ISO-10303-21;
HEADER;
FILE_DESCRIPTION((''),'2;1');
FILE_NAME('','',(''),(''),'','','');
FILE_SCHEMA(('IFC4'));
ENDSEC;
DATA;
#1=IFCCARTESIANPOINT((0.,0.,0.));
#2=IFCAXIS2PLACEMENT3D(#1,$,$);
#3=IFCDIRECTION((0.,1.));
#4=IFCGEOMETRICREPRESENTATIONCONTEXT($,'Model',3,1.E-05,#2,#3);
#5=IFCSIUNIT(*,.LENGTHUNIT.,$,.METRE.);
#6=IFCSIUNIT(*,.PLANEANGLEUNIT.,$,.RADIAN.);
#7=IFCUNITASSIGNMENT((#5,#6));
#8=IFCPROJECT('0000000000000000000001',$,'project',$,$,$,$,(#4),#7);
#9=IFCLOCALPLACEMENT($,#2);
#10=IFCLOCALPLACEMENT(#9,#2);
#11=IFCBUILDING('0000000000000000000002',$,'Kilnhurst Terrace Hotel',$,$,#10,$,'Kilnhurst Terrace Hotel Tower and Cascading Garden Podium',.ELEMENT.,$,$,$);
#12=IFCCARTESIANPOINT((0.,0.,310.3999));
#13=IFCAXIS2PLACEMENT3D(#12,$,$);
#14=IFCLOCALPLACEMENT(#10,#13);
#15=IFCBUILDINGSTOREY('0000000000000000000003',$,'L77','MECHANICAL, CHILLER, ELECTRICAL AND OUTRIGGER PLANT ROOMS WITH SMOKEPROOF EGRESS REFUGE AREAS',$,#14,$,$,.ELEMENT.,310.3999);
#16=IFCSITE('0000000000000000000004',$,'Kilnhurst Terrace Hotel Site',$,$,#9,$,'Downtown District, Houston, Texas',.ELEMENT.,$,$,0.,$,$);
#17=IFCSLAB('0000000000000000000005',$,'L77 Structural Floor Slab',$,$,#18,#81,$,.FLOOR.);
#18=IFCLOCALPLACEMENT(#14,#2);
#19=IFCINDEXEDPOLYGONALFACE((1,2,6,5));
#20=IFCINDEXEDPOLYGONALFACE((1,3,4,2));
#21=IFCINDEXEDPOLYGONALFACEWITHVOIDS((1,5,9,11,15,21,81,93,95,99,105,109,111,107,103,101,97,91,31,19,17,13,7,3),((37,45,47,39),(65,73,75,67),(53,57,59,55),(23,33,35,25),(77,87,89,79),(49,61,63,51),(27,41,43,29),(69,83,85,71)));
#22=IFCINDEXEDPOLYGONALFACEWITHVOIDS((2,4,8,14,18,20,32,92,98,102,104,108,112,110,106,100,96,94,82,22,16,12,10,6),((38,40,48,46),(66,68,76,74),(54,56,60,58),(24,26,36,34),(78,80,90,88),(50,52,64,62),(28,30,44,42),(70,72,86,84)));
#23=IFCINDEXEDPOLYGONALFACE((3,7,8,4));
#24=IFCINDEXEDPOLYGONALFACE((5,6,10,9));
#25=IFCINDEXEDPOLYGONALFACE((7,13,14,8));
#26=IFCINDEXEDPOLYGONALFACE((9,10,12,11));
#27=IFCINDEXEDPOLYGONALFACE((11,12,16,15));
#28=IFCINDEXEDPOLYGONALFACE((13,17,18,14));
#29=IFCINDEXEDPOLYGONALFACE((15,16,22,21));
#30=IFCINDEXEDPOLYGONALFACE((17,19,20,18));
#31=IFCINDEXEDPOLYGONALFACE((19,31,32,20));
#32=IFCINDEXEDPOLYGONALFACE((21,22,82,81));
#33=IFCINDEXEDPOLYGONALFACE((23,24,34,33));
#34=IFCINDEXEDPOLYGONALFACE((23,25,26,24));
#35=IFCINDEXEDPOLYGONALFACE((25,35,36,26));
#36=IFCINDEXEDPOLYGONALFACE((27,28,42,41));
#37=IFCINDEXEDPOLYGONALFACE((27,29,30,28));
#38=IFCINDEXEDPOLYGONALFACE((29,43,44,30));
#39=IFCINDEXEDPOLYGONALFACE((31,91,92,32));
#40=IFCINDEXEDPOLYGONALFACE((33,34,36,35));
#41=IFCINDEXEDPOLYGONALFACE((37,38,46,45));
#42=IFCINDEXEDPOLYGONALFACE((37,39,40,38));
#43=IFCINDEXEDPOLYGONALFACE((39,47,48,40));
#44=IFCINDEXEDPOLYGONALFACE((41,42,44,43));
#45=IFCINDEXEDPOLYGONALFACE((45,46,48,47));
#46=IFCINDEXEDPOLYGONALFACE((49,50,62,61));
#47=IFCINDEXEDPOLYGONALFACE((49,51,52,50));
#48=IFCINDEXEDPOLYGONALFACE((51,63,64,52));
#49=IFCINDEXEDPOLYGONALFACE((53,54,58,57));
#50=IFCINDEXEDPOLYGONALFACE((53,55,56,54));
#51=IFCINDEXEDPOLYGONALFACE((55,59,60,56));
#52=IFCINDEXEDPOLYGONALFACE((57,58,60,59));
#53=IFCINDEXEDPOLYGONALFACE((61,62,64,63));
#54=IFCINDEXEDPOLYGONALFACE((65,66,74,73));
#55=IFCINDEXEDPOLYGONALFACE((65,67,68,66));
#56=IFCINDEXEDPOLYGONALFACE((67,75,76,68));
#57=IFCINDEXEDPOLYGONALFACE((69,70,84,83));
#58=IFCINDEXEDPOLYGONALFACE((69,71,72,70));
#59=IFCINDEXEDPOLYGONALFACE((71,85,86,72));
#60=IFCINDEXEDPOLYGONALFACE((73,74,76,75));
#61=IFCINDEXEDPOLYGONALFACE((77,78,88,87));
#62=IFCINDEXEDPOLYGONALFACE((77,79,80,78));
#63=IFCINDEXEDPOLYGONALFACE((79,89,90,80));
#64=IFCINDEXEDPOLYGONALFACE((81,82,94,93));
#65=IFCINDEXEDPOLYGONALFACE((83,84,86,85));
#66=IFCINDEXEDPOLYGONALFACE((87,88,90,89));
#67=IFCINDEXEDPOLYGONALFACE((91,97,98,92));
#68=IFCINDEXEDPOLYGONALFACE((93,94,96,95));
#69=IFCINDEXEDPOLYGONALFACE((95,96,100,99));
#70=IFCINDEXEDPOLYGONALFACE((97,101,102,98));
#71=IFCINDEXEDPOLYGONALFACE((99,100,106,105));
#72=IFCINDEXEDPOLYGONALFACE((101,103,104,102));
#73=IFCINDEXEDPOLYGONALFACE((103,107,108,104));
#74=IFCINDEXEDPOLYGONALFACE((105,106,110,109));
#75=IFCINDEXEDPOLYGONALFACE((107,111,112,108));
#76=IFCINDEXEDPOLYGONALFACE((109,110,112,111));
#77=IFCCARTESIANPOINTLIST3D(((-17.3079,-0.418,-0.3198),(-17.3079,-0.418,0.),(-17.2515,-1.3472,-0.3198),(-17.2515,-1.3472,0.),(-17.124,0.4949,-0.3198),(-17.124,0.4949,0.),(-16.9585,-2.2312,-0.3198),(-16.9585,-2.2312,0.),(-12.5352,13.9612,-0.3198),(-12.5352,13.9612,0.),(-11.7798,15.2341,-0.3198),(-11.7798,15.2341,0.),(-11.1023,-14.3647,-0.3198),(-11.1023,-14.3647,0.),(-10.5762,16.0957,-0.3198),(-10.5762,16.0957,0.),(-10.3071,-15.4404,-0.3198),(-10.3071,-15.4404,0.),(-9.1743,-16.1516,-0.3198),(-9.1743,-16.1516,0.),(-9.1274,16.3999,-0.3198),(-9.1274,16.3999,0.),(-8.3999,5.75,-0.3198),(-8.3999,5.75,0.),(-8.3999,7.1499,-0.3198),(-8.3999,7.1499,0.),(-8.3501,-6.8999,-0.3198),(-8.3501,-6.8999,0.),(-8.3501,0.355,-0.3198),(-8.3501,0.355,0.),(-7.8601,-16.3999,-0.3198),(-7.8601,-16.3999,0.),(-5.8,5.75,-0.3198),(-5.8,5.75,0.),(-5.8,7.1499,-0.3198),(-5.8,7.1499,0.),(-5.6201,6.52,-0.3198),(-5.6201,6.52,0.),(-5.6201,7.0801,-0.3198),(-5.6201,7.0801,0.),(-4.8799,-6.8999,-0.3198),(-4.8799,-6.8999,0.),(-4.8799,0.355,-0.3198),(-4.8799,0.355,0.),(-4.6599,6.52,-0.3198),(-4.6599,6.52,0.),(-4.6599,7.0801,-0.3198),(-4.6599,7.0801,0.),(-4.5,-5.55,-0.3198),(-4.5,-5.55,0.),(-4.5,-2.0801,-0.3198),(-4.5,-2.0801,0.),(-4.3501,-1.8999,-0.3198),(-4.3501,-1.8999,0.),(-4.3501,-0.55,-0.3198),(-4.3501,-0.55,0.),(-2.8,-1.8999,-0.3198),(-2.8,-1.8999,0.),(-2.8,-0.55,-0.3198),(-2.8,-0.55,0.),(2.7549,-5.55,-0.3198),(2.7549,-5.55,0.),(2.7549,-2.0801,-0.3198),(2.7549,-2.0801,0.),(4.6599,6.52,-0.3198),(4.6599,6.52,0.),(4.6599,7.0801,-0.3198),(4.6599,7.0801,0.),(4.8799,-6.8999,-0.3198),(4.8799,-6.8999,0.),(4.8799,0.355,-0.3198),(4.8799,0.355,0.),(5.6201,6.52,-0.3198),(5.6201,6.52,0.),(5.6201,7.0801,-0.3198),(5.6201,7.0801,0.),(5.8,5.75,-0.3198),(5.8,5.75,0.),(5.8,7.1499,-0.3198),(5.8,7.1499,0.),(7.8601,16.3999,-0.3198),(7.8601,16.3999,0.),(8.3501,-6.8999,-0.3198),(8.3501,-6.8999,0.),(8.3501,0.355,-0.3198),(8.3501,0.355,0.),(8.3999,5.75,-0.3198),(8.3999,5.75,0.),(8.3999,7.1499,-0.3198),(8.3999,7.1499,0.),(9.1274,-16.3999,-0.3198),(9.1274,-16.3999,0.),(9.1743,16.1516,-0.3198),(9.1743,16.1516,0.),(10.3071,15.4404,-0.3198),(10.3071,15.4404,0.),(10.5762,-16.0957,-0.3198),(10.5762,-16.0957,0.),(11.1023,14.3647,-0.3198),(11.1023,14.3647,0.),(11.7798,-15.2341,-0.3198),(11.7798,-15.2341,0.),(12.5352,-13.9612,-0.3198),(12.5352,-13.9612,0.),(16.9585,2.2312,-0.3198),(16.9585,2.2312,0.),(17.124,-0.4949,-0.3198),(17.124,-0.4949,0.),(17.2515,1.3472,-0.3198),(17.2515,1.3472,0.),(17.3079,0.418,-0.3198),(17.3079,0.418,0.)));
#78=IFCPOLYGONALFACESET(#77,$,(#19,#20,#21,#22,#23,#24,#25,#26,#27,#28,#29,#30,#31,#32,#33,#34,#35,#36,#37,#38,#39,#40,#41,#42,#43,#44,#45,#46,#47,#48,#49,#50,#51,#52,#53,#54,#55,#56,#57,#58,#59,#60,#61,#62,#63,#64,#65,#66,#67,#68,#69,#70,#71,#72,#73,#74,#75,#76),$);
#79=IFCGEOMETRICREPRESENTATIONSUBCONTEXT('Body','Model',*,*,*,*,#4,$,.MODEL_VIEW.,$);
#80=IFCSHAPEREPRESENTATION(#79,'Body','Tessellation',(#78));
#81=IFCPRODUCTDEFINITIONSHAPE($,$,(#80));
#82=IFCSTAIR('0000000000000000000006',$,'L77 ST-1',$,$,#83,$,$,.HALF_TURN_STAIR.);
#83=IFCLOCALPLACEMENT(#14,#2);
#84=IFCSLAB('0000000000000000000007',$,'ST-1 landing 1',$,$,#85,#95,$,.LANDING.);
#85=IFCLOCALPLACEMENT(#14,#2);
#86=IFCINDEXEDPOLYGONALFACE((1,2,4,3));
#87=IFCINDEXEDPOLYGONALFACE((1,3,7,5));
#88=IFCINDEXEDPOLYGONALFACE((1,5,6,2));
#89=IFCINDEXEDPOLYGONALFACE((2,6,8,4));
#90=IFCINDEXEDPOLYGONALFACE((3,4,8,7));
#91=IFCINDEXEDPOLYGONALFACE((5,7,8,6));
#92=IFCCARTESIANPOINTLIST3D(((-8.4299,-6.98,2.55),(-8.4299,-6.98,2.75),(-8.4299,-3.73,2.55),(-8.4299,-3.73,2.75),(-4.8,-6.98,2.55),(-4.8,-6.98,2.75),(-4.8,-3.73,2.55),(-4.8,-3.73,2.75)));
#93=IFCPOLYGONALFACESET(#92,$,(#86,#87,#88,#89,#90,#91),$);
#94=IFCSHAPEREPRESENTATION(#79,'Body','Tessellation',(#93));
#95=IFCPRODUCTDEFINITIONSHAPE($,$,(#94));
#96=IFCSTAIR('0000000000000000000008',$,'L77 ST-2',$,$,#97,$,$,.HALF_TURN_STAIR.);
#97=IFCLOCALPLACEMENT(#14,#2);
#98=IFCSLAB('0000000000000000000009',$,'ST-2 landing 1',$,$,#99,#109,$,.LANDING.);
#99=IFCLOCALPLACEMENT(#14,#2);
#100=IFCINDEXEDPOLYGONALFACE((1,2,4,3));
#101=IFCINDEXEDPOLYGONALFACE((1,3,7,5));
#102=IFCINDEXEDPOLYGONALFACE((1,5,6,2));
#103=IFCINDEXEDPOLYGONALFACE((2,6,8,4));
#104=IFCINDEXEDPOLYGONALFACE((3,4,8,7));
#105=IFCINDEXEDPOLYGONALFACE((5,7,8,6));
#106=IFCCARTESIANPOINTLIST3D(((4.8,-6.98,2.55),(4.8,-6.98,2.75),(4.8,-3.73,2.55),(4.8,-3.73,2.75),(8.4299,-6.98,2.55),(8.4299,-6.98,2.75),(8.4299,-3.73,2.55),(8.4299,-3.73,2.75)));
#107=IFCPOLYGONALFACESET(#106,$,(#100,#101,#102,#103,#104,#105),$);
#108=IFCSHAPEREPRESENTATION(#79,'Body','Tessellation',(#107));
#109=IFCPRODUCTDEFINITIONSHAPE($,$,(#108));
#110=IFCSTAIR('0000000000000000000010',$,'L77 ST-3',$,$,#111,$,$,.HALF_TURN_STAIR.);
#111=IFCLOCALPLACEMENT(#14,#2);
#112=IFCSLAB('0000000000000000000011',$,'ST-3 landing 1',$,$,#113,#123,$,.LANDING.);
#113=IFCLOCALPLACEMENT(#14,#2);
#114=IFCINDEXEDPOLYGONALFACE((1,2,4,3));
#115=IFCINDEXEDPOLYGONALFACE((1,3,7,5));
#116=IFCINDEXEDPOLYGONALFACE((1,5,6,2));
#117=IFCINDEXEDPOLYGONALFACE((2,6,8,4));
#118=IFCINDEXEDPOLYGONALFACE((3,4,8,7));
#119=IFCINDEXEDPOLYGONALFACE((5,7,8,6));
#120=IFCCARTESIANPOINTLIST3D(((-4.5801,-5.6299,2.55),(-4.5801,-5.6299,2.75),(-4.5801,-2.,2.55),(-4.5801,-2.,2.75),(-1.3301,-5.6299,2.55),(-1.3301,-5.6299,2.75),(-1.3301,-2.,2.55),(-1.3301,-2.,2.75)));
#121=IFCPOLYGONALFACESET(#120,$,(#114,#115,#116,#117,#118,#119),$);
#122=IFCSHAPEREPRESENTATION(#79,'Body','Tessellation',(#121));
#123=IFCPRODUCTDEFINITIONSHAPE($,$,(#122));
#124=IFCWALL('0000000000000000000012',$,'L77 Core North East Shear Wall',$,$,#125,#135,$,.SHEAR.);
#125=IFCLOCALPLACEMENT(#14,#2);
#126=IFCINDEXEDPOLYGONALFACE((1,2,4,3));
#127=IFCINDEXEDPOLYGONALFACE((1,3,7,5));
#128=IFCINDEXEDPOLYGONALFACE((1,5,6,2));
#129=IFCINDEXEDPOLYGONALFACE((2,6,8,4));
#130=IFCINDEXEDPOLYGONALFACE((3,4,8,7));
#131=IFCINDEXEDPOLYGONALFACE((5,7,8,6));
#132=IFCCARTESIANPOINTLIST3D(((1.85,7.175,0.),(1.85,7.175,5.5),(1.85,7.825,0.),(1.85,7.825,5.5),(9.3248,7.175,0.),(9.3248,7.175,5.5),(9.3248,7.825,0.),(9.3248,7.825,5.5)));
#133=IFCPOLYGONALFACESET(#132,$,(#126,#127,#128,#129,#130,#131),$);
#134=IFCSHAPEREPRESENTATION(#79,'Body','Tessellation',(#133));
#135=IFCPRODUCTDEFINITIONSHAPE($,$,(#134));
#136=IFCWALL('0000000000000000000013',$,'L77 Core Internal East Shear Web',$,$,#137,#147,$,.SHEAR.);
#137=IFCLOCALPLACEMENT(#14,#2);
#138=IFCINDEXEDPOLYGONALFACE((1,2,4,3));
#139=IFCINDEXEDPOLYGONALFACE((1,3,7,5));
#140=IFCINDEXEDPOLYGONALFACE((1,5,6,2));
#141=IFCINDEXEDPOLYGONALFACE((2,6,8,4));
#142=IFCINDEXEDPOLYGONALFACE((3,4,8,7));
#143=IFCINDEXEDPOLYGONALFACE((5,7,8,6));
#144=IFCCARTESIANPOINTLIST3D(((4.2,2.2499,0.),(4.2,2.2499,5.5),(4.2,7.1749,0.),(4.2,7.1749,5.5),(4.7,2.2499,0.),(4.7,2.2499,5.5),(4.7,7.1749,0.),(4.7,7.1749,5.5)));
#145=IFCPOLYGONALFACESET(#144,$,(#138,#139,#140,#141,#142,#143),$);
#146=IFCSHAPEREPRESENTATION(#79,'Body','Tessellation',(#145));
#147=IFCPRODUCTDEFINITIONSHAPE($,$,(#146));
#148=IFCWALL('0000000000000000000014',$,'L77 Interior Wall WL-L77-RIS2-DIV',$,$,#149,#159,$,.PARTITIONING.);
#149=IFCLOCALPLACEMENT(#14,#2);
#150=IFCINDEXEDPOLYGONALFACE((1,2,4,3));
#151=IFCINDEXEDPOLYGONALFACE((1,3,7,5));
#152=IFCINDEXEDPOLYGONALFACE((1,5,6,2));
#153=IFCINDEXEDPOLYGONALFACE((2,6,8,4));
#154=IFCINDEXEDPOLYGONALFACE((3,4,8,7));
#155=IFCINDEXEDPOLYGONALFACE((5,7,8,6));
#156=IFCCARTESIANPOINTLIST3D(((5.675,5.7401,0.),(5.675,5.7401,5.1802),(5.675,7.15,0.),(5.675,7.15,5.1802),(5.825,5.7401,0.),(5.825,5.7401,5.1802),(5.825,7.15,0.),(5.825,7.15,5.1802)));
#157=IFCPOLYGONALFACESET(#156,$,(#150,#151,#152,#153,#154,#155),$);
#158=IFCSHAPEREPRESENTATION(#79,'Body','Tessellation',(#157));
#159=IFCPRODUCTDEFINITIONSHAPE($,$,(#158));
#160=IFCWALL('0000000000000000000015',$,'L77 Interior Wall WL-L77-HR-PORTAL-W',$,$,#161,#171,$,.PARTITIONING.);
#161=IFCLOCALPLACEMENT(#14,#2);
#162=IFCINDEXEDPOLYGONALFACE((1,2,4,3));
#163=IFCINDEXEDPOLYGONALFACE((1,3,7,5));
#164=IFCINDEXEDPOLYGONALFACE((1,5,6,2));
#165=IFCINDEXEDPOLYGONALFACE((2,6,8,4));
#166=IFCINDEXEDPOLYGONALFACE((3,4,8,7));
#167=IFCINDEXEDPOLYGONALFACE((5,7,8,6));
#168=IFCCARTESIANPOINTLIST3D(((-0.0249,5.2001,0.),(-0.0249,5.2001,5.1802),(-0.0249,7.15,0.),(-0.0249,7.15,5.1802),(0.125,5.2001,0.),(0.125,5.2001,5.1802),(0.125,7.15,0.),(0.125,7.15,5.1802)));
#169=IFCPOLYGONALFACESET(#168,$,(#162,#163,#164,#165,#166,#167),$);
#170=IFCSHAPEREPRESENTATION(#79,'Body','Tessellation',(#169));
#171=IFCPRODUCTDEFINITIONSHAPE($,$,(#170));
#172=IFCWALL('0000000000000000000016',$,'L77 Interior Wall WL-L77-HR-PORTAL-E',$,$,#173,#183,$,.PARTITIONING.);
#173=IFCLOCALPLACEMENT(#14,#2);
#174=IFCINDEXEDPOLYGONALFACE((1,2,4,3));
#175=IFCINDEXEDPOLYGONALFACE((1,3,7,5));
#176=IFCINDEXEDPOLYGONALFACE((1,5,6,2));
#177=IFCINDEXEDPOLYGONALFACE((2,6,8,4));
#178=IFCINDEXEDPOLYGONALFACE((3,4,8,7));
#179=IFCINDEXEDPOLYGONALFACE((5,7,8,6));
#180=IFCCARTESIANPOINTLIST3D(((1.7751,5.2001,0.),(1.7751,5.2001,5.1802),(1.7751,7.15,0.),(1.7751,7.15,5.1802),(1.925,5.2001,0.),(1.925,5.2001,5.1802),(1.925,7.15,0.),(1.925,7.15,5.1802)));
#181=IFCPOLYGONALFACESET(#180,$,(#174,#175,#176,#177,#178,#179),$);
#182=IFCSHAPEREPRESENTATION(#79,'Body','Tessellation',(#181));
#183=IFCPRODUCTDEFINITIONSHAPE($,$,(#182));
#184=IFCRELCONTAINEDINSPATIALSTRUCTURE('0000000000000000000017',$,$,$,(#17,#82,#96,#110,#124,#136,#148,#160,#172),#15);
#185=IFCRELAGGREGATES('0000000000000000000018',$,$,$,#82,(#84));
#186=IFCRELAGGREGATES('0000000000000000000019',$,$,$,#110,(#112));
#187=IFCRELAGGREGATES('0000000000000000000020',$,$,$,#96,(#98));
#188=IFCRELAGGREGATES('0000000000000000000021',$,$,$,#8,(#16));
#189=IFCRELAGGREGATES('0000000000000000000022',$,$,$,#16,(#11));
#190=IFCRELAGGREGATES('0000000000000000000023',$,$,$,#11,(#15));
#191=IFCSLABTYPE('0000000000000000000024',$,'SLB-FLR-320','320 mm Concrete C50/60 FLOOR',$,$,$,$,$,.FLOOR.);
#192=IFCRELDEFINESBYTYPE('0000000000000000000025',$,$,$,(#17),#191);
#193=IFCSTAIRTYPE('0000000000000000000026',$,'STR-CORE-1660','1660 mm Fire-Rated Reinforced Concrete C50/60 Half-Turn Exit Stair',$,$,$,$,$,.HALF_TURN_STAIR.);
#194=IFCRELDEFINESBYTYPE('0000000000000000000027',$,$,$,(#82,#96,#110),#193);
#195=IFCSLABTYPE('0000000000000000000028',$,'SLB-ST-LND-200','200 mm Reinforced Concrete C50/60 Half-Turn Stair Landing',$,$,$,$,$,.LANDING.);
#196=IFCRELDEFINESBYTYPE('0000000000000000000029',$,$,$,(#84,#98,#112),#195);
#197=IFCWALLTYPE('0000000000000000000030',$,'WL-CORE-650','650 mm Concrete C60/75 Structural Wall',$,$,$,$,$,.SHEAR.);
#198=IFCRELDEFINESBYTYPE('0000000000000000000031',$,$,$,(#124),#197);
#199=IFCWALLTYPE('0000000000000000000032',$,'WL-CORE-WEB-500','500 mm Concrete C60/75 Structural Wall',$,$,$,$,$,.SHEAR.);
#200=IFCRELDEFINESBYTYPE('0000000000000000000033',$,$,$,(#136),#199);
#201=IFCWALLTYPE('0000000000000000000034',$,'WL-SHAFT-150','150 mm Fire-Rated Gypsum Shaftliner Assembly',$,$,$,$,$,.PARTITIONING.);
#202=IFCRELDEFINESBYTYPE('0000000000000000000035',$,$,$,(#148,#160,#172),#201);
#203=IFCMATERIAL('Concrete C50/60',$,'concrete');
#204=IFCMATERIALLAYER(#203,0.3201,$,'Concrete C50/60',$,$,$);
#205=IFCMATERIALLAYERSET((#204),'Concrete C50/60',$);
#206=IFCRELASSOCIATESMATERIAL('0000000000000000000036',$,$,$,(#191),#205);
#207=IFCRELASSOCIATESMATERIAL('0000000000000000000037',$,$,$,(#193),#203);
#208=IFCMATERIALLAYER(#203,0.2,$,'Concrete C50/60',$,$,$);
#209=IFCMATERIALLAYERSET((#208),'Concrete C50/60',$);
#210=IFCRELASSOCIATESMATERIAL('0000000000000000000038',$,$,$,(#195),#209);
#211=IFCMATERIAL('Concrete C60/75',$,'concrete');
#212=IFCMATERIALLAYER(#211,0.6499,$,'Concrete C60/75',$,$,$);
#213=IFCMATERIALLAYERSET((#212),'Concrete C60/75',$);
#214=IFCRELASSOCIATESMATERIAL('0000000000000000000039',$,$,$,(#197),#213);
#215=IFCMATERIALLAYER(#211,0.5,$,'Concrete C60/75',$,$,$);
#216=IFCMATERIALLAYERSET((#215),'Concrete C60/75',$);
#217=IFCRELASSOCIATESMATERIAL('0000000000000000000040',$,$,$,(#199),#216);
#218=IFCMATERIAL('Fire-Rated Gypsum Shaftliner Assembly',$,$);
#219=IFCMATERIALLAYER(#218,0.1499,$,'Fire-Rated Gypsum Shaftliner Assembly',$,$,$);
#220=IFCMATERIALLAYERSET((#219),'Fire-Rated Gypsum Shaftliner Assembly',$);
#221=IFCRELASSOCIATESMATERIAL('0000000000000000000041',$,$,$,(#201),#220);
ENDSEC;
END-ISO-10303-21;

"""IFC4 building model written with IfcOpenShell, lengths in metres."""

from ifc_helpers import new_model, si_unit, direction, frame, frame_2d, origin, place, context, subcontext, project, spatial, polyline, rectangle, outline, extrude, material, layer, layer_set, type_object, element, aggregate, save


model = new_model("IFC4")

# Units and contexts
model_context = context("Model", 3, precision=1e-05, world=origin(), true_north=direction((0.0, 1.0)))
body_context = subcontext(model_context, "Body", "Model", "MODEL_VIEW")
ifc_project = project(units=[si_unit("LENGTHUNIT", "METRE"), si_unit("PLANEANGLEUNIT", "RADIAN")], contexts=[model_context])

# Site, building, storey
site_placement = place(None, origin())
site = spatial("IfcSite", under=ifc_project, at=site_placement, Name="Kilnhurst Terrace Hotel Site", LongName="Downtown District, Houston, Texas", CompositionType="ELEMENT", RefElevation=0.0)
building_placement = place(site_placement, origin())
building = spatial("IfcBuilding", under=site, at=building_placement, Name="Kilnhurst Terrace Hotel", LongName="Kilnhurst Terrace Hotel Tower and Cascading Garden Podium", CompositionType="ELEMENT")
storey_placement = place(building_placement, frame((0.0, 0.0, 310.3999)))
storey = spatial("IfcBuildingStorey", under=building, at=storey_placement, Name="L77", Description="MECHANICAL, CHILLER, ELECTRICAL AND OUTRIGGER PLANT ROOMS WITH SMOKEPROOF EGRESS REFUGE AREAS", CompositionType="ELEMENT", Elevation=310.3999)

# Shared definitions
ifc_material_1 = material(Name="Concrete C60/75", Category="concrete")

# Shared definitions
ifc_material_2 = material(Name="Concrete C50/60", Category="concrete")

# Slab
ifc_layer_1 = layer(ifc_material_2, 0.3201, Name="Concrete C50/60")
ifc_layer_set_1 = layer_set([ifc_layer_1], Name="Concrete C50/60")
slab_type_1 = type_object("IfcSlabType", Name="SLB-FLR-320", Description="320 mm Concrete C50/60 FLOOR", PredefinedType="FLOOR", material=ifc_layer_set_1)
slab_1_placement = place(storey_placement, frame((0.0, 0.0, -0.3198)))
element("IfcSlab", 1, at=slab_1_placement, inside=storey, type_object=slab_type_1, Name="L77 Structural Floor Slab", PredefinedType="FLOOR", context=body_context, shape_type="SweptSolid", body=[
    extrude(outline(polyline([(-11.1023, -14.3647), (-10.3071, -15.4404), (-9.1743, -16.1516), (-7.8601, -16.3999), (9.1274, -16.3999), (10.5762, -16.0957), (11.7798, -15.2341), (12.5352, -13.9612), (17.124, -0.4949), (17.3079, 0.418), (17.2515, 1.3472), (16.9585, 2.2312), (11.1023, 14.3647), (10.3071, 15.4404), (9.1743, 16.1516), (7.8601, 16.3999), (-9.1274, 16.3999), (-10.5762, 16.0957), (-11.7798, 15.2341), (-12.5352, 13.9612), (-17.124, 0.4949), (-17.3079, -0.418), (-17.2515, -1.3472), (-16.9585, -2.2312), (-11.1023, -14.3647)]), holes=[polyline([(2.7549, -2.0801), (2.7549, -5.55), (-4.5, -5.55), (-4.5, -2.0801), (2.7549, -2.0801)]), polyline([(-8.3501, 0.355), (-4.8799, 0.355), (-4.8799, -6.8999), (-8.3501, -6.8999), (-8.3501, 0.355)]), polyline([(4.8799, 0.355), (8.3501, 0.355), (8.3501, -6.8999), (4.8799, -6.8999), (4.8799, 0.355)]), polyline([(-2.8, -1.8999), (-4.3501, -1.8999), (-4.3501, -0.55), (-2.8, -0.55), (-2.8, -1.8999)]), polyline([(-5.8, 5.75), (-8.3999, 5.75), (-8.3999, 7.1499), (-5.8, 7.1499), (-5.8, 5.75)]), polyline([(8.3999, 5.75), (5.8, 5.75), (5.8, 7.1499), (8.3999, 7.1499), (8.3999, 5.75)]), polyline([(-4.6599, 6.52), (-5.6201, 6.52), (-5.6201, 7.0801), (-4.6599, 7.0801), (-4.6599, 6.52)]), polyline([(5.6201, 6.52), (4.6599, 6.52), (4.6599, 7.0801), (5.6201, 7.0801), (5.6201, 6.52)])]), origin(), (0.0, 0.0, 1.0), 0.3198),
])

# Stairs, slabs
stair_type = type_object("IfcStairType", Name="STR-CORE-1660", Description="1660 mm Fire-Rated Reinforced Concrete C50/60 Half-Turn Exit Stair", PredefinedType="HALF_TURN_STAIR", material=ifc_material_2)
stair_1_placement = place(storey_placement, origin())
stair_1 = element("IfcStair", 2, at=stair_1_placement, inside=storey, type_object=stair_type, Name="L77 ST-1", PredefinedType="HALF_TURN_STAIR")
ifc_layer_2 = layer(ifc_material_2, 0.2, Name="Concrete C50/60")
ifc_layer_set_2 = layer_set([ifc_layer_2], Name="Concrete C50/60")
slab_type_2 = type_object("IfcSlabType", Name="SLB-ST-LND-200", Description="200 mm Reinforced Concrete C50/60 Half-Turn Stair Landing", PredefinedType="LANDING", material=ifc_layer_set_2)
slab_2_placement = place(storey_placement, frame((0.0, 0.0, 2.55)))
slab_2 = element("IfcSlab", 3, at=slab_2_placement, type_object=slab_type_2, Name="ST-1 landing 1", PredefinedType="LANDING", context=body_context, shape_type="SweptSolid", body=[
    extrude(outline(polyline([(-8.4299, -3.73), (-4.8, -3.73), (-4.8, -6.98), (-8.4299, -6.98), (-8.4299, -3.73)])), origin(), (0.0, 0.0, 1.0), 0.2),
])
aggregate(stair_1, [slab_2])
stair_2_placement = place(storey_placement, origin())
stair_2 = element("IfcStair", 4, at=stair_2_placement, inside=storey, type_object=stair_type, Name="L77 ST-2", PredefinedType="HALF_TURN_STAIR")
slab_3_placement = place(storey_placement, frame((0.0, 0.0, 2.55)))
slab_3 = element("IfcSlab", 5, at=slab_3_placement, type_object=slab_type_2, Name="ST-2 landing 1", PredefinedType="LANDING", context=body_context, shape_type="SweptSolid", body=[
    extrude(outline(polyline([(4.8, -3.73), (8.4299, -3.73), (8.4299, -6.98), (4.8, -6.98), (4.8, -3.73)])), origin(), (0.0, 0.0, 1.0), 0.2),
])
stair_3_placement = place(storey_placement, origin())
stair_3 = element("IfcStair", 6, at=stair_3_placement, inside=storey, type_object=stair_type, Name="L77 ST-3", PredefinedType="HALF_TURN_STAIR")
slab_4_placement = place(storey_placement, frame((0.0, 0.0, 2.55)))
slab_4 = element("IfcSlab", 7, at=slab_4_placement, type_object=slab_type_2, Name="ST-3 landing 1", PredefinedType="LANDING", context=body_context, shape_type="SweptSolid", body=[
    extrude(outline(polyline([(-1.3301, -2.0), (-1.3301, -5.6299), (-4.5801, -5.6299), (-4.5801, -2.0), (-1.3301, -2.0)])), origin(), (0.0, 0.0, 1.0), 0.2),
])
aggregate(stair_3, [slab_4])

# Walls
ifc_layer_3 = layer(ifc_material_1, 0.6499, Name="Concrete C60/75")
ifc_layer_set_3 = layer_set([ifc_layer_3], Name="Concrete C60/75")
wall_type_1 = type_object("IfcWallType", Name="WL-CORE-650", Description="650 mm Concrete C60/75 Structural Wall", PredefinedType="SHEAR", material=ifc_layer_set_3)
wall_1_placement = place(storey_placement, frame((1.8501, 7.5, 0.0), z_axis=(0.0, 0.0, 1.0), x_axis=(1.0, 0.0, 0.0)))
element("IfcWall", 8, at=wall_1_placement, inside=storey, type_object=wall_type_1, Name="L77 Core North East Shear Wall", PredefinedType="SHEAR", context=body_context, shape_type="SweptSolid", body=[
    extrude(rectangle(XDim=7.4749, YDim=0.6499, at=frame_2d((3.7373, 0.0))), origin(), (0.0, 0.0, 1.0), 5.5),
])
ifc_layer_4 = layer(ifc_material_1, 0.5, Name="Concrete C60/75")
ifc_layer_set_4 = layer_set([ifc_layer_4], Name="Concrete C60/75")
wall_type_2 = type_object("IfcWallType", Name="WL-CORE-WEB-500", Description="500 mm Concrete C60/75 Structural Wall", PredefinedType="SHEAR", material=ifc_layer_set_4)
wall_2_placement = place(storey_placement, frame((4.45, 2.25, 0.0), z_axis=(0.0, 0.0, 1.0), x_axis=(0.0, 1.0, 0.0)))
element("IfcWall", 9, at=wall_2_placement, inside=storey, type_object=wall_type_2, Name="L77 Core Internal East Shear Web", PredefinedType="SHEAR", context=body_context, shape_type="SweptSolid", body=[
    extrude(rectangle(XDim=4.925, YDim=0.5, at=frame_2d((2.4624, 0.0))), origin(), (0.0, 0.0, 1.0), 5.5),
])
ifc_material_3 = material(Name="Fire-Rated Gypsum Shaftliner Assembly")
ifc_layer_5 = layer(ifc_material_3, 0.1499, Name="Fire-Rated Gypsum Shaftliner Assembly")
ifc_layer_set_5 = layer_set([ifc_layer_5], Name="Fire-Rated Gypsum Shaftliner Assembly")
wall_type_3 = type_object("IfcWallType", Name="WL-SHAFT-150", Description="150 mm Fire-Rated Gypsum Shaftliner Assembly", PredefinedType="PARTITIONING", material=ifc_layer_set_5)
wall_3_placement = place(storey_placement, frame((5.75, 5.74, 0.0), z_axis=(0.0, 0.0, 1.0), x_axis=(0.0, 1.0, 0.0)))
element("IfcWall", 10, at=wall_3_placement, inside=storey, type_object=wall_type_3, Name="L77 Interior Wall WL-L77-RIS2-DIV", PredefinedType="PARTITIONING", context=body_context, shape_type="SweptSolid", body=[
    extrude(rectangle(XDim=1.4099, YDim=0.1499, at=frame_2d((0.7051, 0.0))), origin(), (0.0, 0.0, 1.0), 5.1802),
])
for number, where, z_axis, x_axis, name in (
    (11, (0.05, 5.2, 0.0), (0.0, 0.0, 1.0), (0.0, 1.0, 0.0), "L77 Interior Wall WL-L77-HR-PORTAL-W"),
    (12, (1.8501, 5.2, 0.0), (0.0, 0.0, 1.0), (0.0, 1.0, 0.0), "L77 Interior Wall WL-L77-HR-PORTAL-E"),
):
    element("IfcWall", number, at=place(storey_placement, frame(where, z_axis=z_axis, x_axis=x_axis)), inside=storey, type_object=wall_type_3, Name=name, PredefinedType="PARTITIONING", context=body_context, shape_type="SweptSolid", body=[
        extrude(rectangle(XDim=1.95, YDim=0.1499, at=frame_2d((0.9751, 0.0))), origin(), (0.0, 0.0, 1.0), 5.1802),
    ])

aggregate(stair_2, [slab_3])

save(model, "model.ifc")
